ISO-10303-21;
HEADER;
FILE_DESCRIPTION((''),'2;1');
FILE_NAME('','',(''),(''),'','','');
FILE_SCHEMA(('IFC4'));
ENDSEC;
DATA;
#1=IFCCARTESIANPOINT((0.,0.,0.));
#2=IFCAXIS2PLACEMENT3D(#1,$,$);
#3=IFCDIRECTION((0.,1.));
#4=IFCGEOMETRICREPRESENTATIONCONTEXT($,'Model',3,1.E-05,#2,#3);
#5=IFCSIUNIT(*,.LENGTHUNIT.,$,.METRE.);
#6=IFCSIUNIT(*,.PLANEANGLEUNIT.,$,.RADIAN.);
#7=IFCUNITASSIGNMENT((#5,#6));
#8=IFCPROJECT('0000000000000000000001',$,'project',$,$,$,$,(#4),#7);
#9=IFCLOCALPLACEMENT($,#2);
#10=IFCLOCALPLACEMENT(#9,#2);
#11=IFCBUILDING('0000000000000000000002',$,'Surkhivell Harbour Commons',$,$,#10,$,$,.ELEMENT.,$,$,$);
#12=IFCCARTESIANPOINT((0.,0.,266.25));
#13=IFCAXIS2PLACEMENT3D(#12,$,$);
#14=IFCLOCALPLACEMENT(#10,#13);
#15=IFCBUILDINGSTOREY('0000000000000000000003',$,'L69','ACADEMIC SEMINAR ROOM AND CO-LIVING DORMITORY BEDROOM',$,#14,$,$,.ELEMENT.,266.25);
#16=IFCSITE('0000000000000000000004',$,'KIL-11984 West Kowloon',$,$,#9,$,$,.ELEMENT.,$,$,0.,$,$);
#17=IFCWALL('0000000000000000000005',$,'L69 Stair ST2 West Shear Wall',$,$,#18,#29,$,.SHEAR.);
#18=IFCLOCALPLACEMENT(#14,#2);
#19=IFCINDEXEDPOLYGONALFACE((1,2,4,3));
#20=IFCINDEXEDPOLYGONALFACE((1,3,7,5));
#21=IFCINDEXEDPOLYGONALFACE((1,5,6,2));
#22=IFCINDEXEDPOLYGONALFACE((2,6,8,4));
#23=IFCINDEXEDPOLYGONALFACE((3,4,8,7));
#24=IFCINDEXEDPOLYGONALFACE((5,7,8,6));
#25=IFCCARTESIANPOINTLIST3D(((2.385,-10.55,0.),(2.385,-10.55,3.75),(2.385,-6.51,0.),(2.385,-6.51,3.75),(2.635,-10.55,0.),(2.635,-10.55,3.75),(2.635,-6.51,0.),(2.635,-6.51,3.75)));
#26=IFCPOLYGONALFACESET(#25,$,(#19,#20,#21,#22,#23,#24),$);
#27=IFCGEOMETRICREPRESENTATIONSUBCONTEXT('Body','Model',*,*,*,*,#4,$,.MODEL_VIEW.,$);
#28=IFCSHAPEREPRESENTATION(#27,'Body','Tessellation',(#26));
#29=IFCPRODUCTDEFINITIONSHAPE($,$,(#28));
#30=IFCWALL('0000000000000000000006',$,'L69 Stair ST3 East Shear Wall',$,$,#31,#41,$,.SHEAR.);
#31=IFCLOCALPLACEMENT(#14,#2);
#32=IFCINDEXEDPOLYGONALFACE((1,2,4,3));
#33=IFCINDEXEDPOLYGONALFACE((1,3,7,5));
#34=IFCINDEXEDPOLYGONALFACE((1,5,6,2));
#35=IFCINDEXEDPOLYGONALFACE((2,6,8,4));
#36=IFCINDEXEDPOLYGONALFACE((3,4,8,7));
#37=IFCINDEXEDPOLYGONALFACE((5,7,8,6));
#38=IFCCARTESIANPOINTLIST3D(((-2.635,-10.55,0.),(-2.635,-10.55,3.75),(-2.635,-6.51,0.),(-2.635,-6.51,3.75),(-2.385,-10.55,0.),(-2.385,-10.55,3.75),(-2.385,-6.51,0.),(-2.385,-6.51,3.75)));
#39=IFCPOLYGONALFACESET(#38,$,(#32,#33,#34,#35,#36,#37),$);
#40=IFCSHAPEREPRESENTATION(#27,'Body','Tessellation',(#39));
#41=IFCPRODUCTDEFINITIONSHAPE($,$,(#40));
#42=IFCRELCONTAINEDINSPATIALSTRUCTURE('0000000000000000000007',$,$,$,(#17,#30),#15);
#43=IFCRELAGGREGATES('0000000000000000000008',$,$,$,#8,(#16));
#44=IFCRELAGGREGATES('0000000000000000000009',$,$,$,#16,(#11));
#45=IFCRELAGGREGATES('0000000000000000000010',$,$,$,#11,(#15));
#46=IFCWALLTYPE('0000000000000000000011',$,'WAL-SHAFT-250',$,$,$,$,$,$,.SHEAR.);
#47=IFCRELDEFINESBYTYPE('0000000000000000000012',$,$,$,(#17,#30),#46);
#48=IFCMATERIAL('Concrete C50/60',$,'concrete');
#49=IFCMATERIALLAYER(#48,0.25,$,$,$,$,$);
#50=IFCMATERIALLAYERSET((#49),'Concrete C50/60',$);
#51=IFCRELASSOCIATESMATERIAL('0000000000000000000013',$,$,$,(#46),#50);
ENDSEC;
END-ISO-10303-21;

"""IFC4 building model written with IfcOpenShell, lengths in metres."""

from ifc_helpers import new_model, si_unit, direction, frame, frame_2d, origin, place, context, subcontext, project, spatial, rectangle, extrude, material, layer, layer_set, type_object, element, save


model = new_model("IFC4")

# Units and contexts
model_context = context("Model", 3, precision=1e-05, world=origin(), true_north=direction((0.0, 1.0)))
body_context = subcontext(model_context, "Body", "Model", "MODEL_VIEW")
ifc_project = project(units=[si_unit("LENGTHUNIT", "METRE"), si_unit("PLANEANGLEUNIT", "RADIAN")], contexts=[model_context])

# Site, building, storey
site_placement = place(None, origin())
site = spatial("IfcSite", under=ifc_project, at=site_placement, Name="KIL-11984 West Kowloon", CompositionType="ELEMENT", RefElevation=0.0)
building_placement = place(site_placement, origin())
building = spatial("IfcBuilding", under=site, at=building_placement, Name="Surkhivell Harbour Commons", CompositionType="ELEMENT")
storey_placement = place(building_placement, frame((0.0, 0.0, 266.25)))
storey = spatial("IfcBuildingStorey", under=building, at=storey_placement, Name="L69", Description="ACADEMIC SEMINAR ROOM AND CO-LIVING DORMITORY BEDROOM", CompositionType="ELEMENT", Elevation=266.25)

# Shared definitions
ifc_material_1 = material(Name="Concrete C50/60", Category="concrete")

# Shared definitions
ifc_layer_1 = layer(ifc_material_1, 0.25)
ifc_layer_set_1 = layer_set([ifc_layer_1], Name="Concrete C50/60")
wall_type_1 = type_object("IfcWallType", Name="WAL-SHAFT-250", PredefinedType="SHEAR", material=ifc_layer_set_1)

# Walls
for number, where, z_axis, x_axis, name in (
    (1, (2.51, -10.55, 0.0), (0.0, 0.0, 1.0), (0.0, 1.0, 0.0), "L69 Stair ST2 West Shear Wall"),
    (2, (-2.51, -10.55, 0.0), (0.0, 0.0, 1.0), (0.0, 1.0, 0.0), "L69 Stair ST3 East Shear Wall"),
):
    element("IfcWall", number, at=place(storey_placement, frame(where, z_axis=z_axis, x_axis=x_axis)), inside=storey, type_object=wall_type_1, Name=name, PredefinedType="SHEAR", context=body_context, shape_type="SweptSolid", body=[
        extrude(rectangle(XDim=4.04, YDim=0.25, at=frame_2d((2.02, 0.0))), origin(), (0.0, 0.0, 1.0), 3.75),
    ])

save(model, "model.ifc")
